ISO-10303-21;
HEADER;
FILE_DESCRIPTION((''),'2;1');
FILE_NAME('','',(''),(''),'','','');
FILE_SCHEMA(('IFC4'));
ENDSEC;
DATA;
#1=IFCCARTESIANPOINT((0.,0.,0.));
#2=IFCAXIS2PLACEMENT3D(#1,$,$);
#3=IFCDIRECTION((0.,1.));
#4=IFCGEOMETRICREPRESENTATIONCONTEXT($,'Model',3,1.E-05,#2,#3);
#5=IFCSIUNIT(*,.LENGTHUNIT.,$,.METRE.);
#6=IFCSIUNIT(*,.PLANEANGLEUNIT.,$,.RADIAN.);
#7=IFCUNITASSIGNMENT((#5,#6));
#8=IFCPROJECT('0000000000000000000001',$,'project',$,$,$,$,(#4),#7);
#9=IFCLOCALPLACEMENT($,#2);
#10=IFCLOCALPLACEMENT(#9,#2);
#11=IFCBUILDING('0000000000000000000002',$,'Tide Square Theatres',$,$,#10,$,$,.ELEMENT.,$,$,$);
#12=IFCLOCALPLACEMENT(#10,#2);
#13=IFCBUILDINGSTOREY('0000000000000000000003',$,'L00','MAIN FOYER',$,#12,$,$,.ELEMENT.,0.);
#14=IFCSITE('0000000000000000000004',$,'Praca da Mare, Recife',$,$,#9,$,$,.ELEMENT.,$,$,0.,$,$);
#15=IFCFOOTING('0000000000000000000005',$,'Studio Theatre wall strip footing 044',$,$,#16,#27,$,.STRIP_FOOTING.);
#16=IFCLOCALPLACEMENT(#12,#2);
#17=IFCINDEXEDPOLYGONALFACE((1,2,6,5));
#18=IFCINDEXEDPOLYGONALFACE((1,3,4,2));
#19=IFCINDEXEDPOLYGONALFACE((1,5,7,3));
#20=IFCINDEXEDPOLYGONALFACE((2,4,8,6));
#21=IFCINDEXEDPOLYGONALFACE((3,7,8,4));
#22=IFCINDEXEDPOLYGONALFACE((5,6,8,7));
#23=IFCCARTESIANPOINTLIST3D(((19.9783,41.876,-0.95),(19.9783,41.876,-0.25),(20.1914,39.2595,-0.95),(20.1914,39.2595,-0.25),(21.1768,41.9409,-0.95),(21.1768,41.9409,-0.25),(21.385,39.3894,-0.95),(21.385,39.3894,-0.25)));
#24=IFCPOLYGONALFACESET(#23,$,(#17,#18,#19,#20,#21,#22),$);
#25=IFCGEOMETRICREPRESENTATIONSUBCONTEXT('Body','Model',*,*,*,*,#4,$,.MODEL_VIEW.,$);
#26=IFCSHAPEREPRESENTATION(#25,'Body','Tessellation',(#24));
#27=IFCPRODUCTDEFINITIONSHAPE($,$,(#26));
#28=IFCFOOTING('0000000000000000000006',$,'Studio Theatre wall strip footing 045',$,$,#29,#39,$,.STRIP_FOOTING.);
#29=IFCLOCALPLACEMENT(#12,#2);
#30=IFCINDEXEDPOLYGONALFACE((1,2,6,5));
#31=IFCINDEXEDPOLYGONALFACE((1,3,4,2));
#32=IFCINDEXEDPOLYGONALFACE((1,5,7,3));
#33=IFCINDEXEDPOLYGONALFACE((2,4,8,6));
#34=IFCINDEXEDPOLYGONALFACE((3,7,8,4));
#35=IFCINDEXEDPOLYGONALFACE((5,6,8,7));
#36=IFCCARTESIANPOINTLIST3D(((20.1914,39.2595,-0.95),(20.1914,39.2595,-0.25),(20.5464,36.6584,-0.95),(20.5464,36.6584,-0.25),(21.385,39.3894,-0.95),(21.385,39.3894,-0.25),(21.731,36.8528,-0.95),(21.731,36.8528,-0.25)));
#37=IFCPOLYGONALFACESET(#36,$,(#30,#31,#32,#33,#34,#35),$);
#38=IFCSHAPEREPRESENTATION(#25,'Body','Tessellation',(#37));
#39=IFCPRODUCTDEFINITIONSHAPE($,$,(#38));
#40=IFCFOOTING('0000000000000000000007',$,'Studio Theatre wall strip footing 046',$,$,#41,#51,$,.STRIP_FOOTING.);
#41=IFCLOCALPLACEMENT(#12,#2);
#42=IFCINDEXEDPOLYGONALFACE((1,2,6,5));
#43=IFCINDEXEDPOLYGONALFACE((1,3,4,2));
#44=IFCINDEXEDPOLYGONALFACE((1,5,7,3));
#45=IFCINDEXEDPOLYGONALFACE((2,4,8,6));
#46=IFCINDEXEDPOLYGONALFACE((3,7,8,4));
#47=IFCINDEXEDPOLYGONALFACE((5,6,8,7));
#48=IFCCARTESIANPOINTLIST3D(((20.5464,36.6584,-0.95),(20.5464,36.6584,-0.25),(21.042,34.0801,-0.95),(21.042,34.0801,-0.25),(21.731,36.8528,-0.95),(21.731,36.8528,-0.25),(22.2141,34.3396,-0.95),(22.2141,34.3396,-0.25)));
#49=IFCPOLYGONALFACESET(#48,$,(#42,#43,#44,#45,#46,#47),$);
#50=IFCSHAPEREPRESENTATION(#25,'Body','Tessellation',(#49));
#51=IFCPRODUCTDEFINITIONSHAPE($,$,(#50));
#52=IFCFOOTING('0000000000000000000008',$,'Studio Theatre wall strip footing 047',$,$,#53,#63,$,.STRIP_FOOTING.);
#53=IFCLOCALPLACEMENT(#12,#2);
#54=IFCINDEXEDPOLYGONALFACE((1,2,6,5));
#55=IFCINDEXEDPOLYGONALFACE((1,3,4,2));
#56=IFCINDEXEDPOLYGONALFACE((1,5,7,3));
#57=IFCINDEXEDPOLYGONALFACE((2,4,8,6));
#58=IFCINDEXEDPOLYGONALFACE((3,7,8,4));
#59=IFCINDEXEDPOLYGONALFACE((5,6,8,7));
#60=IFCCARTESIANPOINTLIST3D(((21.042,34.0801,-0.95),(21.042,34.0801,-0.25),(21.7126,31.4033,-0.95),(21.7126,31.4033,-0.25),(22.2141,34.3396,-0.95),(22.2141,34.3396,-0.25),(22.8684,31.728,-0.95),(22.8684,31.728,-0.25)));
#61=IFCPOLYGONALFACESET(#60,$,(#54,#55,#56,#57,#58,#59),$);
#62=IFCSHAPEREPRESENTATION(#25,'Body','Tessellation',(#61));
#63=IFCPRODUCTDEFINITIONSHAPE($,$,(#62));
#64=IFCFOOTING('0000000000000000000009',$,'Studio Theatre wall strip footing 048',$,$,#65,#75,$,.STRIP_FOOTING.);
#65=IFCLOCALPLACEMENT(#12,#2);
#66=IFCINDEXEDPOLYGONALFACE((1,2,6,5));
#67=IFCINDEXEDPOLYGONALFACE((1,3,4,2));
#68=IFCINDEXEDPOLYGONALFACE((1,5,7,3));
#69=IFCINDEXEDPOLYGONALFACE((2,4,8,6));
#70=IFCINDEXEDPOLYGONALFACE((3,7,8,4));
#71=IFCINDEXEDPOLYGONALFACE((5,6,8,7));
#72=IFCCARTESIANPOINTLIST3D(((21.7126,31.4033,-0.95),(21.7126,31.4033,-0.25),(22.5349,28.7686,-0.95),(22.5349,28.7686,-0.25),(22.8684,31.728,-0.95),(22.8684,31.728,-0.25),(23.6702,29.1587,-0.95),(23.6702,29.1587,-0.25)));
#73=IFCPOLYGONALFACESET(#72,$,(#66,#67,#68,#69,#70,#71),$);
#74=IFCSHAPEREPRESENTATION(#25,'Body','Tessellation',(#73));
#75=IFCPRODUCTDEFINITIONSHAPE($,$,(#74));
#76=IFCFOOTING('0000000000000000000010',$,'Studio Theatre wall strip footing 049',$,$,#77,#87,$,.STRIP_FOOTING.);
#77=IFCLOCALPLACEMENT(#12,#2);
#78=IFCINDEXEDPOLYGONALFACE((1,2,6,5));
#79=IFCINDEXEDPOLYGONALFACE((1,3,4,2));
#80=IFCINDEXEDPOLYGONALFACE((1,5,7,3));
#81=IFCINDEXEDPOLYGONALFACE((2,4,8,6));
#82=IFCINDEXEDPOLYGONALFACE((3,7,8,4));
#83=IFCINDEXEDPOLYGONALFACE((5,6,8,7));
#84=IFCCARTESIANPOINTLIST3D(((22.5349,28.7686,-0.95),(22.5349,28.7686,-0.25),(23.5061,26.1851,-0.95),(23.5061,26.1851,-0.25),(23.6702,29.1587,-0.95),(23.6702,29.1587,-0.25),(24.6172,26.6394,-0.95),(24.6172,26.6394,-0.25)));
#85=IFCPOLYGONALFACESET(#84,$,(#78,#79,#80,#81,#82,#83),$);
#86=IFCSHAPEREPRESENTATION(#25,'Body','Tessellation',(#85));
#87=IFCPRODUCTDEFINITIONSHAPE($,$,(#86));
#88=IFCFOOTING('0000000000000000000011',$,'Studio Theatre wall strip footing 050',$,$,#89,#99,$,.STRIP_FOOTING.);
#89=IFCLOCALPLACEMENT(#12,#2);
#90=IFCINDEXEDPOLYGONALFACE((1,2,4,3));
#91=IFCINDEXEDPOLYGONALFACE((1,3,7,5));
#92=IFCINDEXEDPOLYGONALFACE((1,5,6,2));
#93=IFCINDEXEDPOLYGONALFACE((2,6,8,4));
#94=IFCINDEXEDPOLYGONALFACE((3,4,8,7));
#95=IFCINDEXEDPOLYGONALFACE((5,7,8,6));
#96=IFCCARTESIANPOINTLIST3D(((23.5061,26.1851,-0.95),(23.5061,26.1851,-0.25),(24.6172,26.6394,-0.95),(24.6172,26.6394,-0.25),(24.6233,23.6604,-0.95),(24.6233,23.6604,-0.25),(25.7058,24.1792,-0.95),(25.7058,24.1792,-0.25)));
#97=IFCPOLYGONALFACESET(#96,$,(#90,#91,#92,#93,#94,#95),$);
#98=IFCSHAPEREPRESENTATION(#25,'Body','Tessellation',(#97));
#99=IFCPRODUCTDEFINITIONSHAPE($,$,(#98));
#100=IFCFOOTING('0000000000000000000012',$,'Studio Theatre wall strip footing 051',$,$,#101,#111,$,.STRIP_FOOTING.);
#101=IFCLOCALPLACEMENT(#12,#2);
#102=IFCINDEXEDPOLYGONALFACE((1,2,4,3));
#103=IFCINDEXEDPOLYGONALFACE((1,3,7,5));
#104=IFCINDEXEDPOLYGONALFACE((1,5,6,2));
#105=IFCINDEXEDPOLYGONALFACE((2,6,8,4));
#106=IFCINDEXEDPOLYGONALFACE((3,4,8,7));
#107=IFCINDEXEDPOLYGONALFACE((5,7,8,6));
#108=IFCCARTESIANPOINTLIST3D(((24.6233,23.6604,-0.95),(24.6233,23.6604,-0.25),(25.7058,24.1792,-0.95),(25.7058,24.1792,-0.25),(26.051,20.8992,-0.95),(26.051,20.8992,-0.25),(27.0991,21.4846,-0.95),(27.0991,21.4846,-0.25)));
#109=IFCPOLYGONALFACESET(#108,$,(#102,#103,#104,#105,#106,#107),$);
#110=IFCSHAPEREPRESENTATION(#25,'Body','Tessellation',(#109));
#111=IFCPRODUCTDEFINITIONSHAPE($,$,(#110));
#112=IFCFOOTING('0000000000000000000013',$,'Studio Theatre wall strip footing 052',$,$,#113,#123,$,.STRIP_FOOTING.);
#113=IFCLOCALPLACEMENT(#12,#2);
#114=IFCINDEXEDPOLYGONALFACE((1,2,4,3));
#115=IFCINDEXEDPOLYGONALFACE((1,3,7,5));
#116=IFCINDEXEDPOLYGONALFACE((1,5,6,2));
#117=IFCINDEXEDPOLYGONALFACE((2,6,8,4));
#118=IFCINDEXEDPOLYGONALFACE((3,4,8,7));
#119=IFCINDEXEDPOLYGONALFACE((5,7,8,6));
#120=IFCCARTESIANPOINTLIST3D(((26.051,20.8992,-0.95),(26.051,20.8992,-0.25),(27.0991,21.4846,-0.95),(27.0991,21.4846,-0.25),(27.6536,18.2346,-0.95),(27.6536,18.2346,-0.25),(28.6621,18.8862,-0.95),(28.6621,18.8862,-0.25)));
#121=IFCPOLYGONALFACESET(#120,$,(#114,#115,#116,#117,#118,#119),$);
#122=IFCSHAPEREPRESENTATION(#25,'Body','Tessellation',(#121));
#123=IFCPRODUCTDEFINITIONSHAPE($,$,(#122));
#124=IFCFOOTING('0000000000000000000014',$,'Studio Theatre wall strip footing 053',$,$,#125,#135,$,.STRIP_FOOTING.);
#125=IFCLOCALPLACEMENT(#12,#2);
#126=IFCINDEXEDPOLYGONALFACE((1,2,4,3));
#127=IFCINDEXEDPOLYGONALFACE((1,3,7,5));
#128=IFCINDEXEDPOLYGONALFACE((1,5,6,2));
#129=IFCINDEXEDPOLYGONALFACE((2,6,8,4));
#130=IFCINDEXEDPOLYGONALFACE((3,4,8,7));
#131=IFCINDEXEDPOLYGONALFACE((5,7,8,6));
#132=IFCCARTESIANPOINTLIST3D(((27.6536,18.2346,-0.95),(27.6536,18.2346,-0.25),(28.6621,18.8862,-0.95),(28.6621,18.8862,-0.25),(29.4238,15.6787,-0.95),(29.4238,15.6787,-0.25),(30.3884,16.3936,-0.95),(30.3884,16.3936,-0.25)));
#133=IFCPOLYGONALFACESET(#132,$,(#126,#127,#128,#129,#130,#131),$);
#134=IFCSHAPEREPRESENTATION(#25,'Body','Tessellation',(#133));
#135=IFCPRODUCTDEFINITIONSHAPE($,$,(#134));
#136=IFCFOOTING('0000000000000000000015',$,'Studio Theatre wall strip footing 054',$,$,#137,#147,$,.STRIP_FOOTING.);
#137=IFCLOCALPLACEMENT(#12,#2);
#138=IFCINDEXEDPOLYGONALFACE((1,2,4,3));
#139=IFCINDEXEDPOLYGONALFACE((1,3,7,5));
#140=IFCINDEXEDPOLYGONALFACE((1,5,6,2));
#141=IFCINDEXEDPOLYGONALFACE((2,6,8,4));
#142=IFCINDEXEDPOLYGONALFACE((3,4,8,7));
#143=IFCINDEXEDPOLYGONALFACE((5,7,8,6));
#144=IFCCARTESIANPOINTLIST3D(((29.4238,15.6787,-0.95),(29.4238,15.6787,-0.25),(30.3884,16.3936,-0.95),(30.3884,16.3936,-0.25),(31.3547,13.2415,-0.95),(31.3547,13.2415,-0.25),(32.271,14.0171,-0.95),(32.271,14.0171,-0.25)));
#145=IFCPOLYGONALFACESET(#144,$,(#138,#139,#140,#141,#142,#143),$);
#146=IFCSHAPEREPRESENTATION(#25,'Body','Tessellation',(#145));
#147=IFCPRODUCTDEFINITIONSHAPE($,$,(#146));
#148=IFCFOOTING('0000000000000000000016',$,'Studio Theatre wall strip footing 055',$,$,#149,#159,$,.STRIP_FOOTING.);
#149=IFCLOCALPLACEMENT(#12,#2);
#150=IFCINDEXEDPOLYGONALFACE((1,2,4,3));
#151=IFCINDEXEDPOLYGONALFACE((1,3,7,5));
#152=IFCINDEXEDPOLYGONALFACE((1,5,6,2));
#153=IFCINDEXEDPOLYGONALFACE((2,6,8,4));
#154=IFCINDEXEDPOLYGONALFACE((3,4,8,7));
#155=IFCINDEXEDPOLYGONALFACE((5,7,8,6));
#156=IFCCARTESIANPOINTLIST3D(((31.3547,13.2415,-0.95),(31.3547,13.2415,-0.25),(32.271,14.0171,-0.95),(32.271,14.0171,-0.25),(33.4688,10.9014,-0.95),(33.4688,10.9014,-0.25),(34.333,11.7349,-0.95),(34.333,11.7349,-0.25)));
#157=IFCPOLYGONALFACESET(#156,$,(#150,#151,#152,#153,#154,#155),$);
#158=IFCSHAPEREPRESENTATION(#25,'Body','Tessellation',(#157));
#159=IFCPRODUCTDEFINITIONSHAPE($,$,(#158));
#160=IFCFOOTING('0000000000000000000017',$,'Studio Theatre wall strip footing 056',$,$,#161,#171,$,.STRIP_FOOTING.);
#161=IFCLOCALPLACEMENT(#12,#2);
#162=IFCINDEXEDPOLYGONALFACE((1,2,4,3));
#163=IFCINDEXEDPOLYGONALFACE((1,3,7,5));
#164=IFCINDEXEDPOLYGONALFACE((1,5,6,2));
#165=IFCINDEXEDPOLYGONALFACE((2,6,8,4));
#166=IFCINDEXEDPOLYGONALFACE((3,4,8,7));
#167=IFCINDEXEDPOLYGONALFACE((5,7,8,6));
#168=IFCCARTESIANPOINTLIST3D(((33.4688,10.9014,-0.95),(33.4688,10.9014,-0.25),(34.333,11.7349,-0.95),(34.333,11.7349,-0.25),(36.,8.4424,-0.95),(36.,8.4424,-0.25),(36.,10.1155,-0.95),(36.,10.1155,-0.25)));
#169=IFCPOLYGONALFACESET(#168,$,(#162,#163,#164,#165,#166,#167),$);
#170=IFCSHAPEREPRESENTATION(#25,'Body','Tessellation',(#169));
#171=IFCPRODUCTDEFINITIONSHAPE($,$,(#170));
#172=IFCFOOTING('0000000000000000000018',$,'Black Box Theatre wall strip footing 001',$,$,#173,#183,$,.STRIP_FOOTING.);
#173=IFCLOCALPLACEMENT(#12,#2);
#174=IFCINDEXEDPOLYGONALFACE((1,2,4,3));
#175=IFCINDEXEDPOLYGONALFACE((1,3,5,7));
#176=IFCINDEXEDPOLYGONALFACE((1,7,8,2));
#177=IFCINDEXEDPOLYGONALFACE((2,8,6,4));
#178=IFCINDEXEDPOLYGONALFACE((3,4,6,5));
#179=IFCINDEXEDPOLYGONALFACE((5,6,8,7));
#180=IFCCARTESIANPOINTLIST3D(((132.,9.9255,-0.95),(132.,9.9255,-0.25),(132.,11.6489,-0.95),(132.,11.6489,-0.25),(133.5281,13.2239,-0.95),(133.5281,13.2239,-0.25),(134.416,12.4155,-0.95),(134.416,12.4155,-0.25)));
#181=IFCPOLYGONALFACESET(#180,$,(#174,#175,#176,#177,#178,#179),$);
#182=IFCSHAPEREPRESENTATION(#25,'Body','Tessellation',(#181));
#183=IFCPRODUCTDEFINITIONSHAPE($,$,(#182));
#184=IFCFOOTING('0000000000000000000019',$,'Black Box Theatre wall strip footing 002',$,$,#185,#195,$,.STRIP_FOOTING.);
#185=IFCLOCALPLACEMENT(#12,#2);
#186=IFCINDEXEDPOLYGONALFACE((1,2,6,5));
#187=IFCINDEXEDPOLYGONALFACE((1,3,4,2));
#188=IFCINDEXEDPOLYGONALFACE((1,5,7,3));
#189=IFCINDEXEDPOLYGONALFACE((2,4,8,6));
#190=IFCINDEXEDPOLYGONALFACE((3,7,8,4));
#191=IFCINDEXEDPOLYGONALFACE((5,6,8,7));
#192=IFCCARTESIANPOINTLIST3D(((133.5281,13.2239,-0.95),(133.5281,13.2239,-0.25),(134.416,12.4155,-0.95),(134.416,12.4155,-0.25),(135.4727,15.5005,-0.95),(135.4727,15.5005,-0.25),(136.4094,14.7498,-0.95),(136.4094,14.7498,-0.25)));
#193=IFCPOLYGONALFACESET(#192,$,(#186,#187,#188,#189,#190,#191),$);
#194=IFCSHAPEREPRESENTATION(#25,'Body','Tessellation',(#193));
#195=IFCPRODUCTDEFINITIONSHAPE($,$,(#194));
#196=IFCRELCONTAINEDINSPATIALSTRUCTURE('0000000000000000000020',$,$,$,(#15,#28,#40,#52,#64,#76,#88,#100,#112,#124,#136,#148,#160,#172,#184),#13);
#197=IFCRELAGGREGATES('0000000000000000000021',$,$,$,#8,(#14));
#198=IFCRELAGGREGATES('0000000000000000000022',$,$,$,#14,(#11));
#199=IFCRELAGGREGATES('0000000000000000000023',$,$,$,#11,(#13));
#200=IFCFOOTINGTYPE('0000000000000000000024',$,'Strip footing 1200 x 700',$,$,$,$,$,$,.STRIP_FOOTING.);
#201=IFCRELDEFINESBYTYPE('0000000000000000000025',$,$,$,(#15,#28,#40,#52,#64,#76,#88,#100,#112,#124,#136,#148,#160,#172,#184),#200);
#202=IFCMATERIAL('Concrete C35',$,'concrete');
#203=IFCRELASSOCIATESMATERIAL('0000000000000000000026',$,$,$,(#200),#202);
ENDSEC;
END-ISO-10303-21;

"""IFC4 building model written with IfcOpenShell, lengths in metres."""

from ifc_helpers import new_model, si_unit, direction, frame, origin, place, context, subcontext, project, spatial, polyline, outline, extrude, material, type_object, element, save


model = new_model("IFC4")

# Units and contexts
model_context = context("Model", 3, precision=1e-05, world=origin(), true_north=direction((0.0, 1.0)))
body_context = subcontext(model_context, "Body", "Model", "MODEL_VIEW")
ifc_project = project(units=[si_unit("LENGTHUNIT", "METRE"), si_unit("PLANEANGLEUNIT", "RADIAN")], contexts=[model_context])

# Site, building, storey
site_placement = place(None, origin())
site = spatial("IfcSite", under=ifc_project, at=site_placement, Name="Praca da Mare, Recife", CompositionType="ELEMENT", RefElevation=0.0)
building_placement = place(site_placement, origin())
building = spatial("IfcBuilding", under=site, at=building_placement, Name="Tide Square Theatres", CompositionType="ELEMENT")
storey_placement = place(building_placement, origin())
storey = spatial("IfcBuildingStorey", under=building, at=storey_placement, Name="L00", Description="MAIN FOYER", CompositionType="ELEMENT", Elevation=0.0)

# Footings
ifc_material = material(Name="Concrete C35", Category="concrete")
footing_type = type_object("IfcFootingType", Name="Strip footing 1200 x 700", PredefinedType="STRIP_FOOTING", material=ifc_material)
footing_1_placement = place(storey_placement, frame((0.0, 0.0, -0.95)))
element("IfcFooting", 1, at=footing_1_placement, inside=storey, type_object=footing_type, Name="Studio Theatre wall strip footing 044", PredefinedType="STRIP_FOOTING", context=body_context, shape_type="SweptSolid", body=[
    extrude(outline(polyline([(19.9783, 41.876), (20.1914, 39.2595), (21.385, 39.3894), (21.1768, 41.9409), (19.9783, 41.876)])), origin(), (0.0, 0.0, 1.0), 0.7),
])
footing_2_placement = place(storey_placement, frame((0.0, 0.0, -0.95)))
element("IfcFooting", 2, at=footing_2_placement, inside=storey, type_object=footing_type, Name="Studio Theatre wall strip footing 045", PredefinedType="STRIP_FOOTING", context=body_context, shape_type="SweptSolid", body=[
    extrude(outline(polyline([(20.1914, 39.2595), (20.5464, 36.6584), (21.731, 36.8528), (21.385, 39.3894), (20.1914, 39.2595)])), origin(), (0.0, 0.0, 1.0), 0.7),
])
footing_3_placement = place(storey_placement, frame((0.0, 0.0, -0.95)))
element("IfcFooting", 3, at=footing_3_placement, inside=storey, type_object=footing_type, Name="Studio Theatre wall strip footing 046", PredefinedType="STRIP_FOOTING", context=body_context, shape_type="SweptSolid", body=[
    extrude(outline(polyline([(20.5464, 36.6584), (21.042, 34.0801), (22.2141, 34.3396), (21.731, 36.8528), (20.5464, 36.6584)])), origin(), (0.0, 0.0, 1.0), 0.7),
])
footing_4_placement = place(storey_placement, frame((0.0, 0.0, -0.95)))
element("IfcFooting", 4, at=footing_4_placement, inside=storey, type_object=footing_type, Name="Studio Theatre wall strip footing 047", PredefinedType="STRIP_FOOTING", context=body_context, shape_type="SweptSolid", body=[
    extrude(outline(polyline([(21.042, 34.0801), (21.7126, 31.4033), (22.8684, 31.728), (22.2141, 34.3396), (21.042, 34.0801)])), origin(), (0.0, 0.0, 1.0), 0.7),
])
footing_5_placement = place(storey_placement, frame((0.0, 0.0, -0.95)))
element("IfcFooting", 5, at=footing_5_placement, inside=storey, type_object=footing_type, Name="Studio Theatre wall strip footing 048", PredefinedType="STRIP_FOOTING", context=body_context, shape_type="SweptSolid", body=[
    extrude(outline(polyline([(21.7126, 31.4033), (22.5349, 28.7686), (23.6702, 29.1587), (22.8684, 31.728), (21.7126, 31.4033)])), origin(), (0.0, 0.0, 1.0), 0.7),
])
footing_6_placement = place(storey_placement, frame((0.0, 0.0, -0.95)))
element("IfcFooting", 6, at=footing_6_placement, inside=storey, type_object=footing_type, Name="Studio Theatre wall strip footing 049", PredefinedType="STRIP_FOOTING", context=body_context, shape_type="SweptSolid", body=[
    extrude(outline(polyline([(22.5349, 28.7686), (23.5061, 26.1851), (24.6172, 26.6394), (23.6702, 29.1587), (22.5349, 28.7686)])), origin(), (0.0, 0.0, 1.0), 0.7),
])
footing_7_placement = place(storey_placement, frame((0.0, 0.0, -0.95)))
element("IfcFooting", 7, at=footing_7_placement, inside=storey, type_object=footing_type, Name="Studio Theatre wall strip footing 050", PredefinedType="STRIP_FOOTING", context=body_context, shape_type="SweptSolid", body=[
    extrude(outline(polyline([(23.5061, 26.1851), (24.6233, 23.6604), (25.7058, 24.1792), (24.6172, 26.6394), (23.5061, 26.1851)])), origin(), (0.0, 0.0, 1.0), 0.7),
])
footing_8_placement = place(storey_placement, frame((0.0, 0.0, -0.95)))
element("IfcFooting", 8, at=footing_8_placement, inside=storey, type_object=footing_type, Name="Studio Theatre wall strip footing 051", PredefinedType="STRIP_FOOTING", context=body_context, shape_type="SweptSolid", body=[
    extrude(outline(polyline([(24.6233, 23.6604), (26.051, 20.8992), (27.0991, 21.4846), (25.7058, 24.1792), (24.6233, 23.6604)])), origin(), (0.0, 0.0, 1.0), 0.7),
])
footing_9_placement = place(storey_placement, frame((0.0, 0.0, -0.95)))
element("IfcFooting", 9, at=footing_9_placement, inside=storey, type_object=footing_type, Name="Studio Theatre wall strip footing 052", PredefinedType="STRIP_FOOTING", context=body_context, shape_type="SweptSolid", body=[
    extrude(outline(polyline([(26.051, 20.8992), (27.6536, 18.2346), (28.6621, 18.8862), (27.0991, 21.4846), (26.051, 20.8992)])), origin(), (0.0, 0.0, 1.0), 0.7),
])
footing_10_placement = place(storey_placement, frame((0.0, 0.0, -0.95)))
element("IfcFooting", 10, at=footing_10_placement, inside=storey, type_object=footing_type, Name="Studio Theatre wall strip footing 053", PredefinedType="STRIP_FOOTING", context=body_context, shape_type="SweptSolid", body=[
    extrude(outline(polyline([(27.6536, 18.2346), (29.4238, 15.6787), (30.3884, 16.3936), (28.6621, 18.8862), (27.6536, 18.2346)])), origin(), (0.0, 0.0, 1.0), 0.7),
])
footing_11_placement = place(storey_placement, frame((0.0, 0.0, -0.95)))
element("IfcFooting", 11, at=footing_11_placement, inside=storey, type_object=footing_type, Name="Studio Theatre wall strip footing 054", PredefinedType="STRIP_FOOTING", context=body_context, shape_type="SweptSolid", body=[
    extrude(outline(polyline([(29.4238, 15.6787), (31.3547, 13.2415), (32.271, 14.0171), (30.3884, 16.3936), (29.4238, 15.6787)])), origin(), (0.0, 0.0, 1.0), 0.7),
])
footing_12_placement = place(storey_placement, frame((0.0, 0.0, -0.95)))
element("IfcFooting", 12, at=footing_12_placement, inside=storey, type_object=footing_type, Name="Studio Theatre wall strip footing 055", PredefinedType="STRIP_FOOTING", context=body_context, shape_type="SweptSolid", body=[
    extrude(outline(polyline([(31.3547, 13.2415), (33.4688, 10.9014), (34.333, 11.7349), (32.271, 14.0171), (31.3547, 13.2415)])), origin(), (0.0, 0.0, 1.0), 0.7),
])
footing_13_placement = place(storey_placement, frame((0.0, 0.0, -0.95)))
element("IfcFooting", 13, at=footing_13_placement, inside=storey, type_object=footing_type, Name="Studio Theatre wall strip footing 056", PredefinedType="STRIP_FOOTING", context=body_context, shape_type="SweptSolid", body=[
    extrude(outline(polyline([(33.4688, 10.9014), (36.0, 8.4424), (36.0, 10.1155), (34.333, 11.7349), (33.4688, 10.9014)])), origin(), (0.0, 0.0, 1.0), 0.7),
])
footing_14_placement = place(storey_placement, frame((0.0, 0.0, -0.95)))
element("IfcFooting", 14, at=footing_14_placement, inside=storey, type_object=footing_type, Name="Black Box Theatre wall strip footing 001", PredefinedType="STRIP_FOOTING", context=body_context, shape_type="SweptSolid", body=[
    extrude(outline(polyline([(132.0, 9.9255), (134.416, 12.4155), (133.5281, 13.2239), (132.0, 11.6489), (132.0, 9.9255)])), origin(), (0.0, 0.0, 1.0), 0.7),
])
footing_15_placement = place(storey_placement, frame((0.0, 0.0, -0.95)))
element("IfcFooting", 15, at=footing_15_placement, inside=storey, type_object=footing_type, Name="Black Box Theatre wall strip footing 002", PredefinedType="STRIP_FOOTING", context=body_context, shape_type="SweptSolid", body=[
    extrude(outline(polyline([(134.416, 12.4155), (136.4094, 14.7498), (135.4727, 15.5005), (133.5281, 13.2239), (134.416, 12.4155)])), origin(), (0.0, 0.0, 1.0), 0.7),
])

save(model, "model.ifc")
